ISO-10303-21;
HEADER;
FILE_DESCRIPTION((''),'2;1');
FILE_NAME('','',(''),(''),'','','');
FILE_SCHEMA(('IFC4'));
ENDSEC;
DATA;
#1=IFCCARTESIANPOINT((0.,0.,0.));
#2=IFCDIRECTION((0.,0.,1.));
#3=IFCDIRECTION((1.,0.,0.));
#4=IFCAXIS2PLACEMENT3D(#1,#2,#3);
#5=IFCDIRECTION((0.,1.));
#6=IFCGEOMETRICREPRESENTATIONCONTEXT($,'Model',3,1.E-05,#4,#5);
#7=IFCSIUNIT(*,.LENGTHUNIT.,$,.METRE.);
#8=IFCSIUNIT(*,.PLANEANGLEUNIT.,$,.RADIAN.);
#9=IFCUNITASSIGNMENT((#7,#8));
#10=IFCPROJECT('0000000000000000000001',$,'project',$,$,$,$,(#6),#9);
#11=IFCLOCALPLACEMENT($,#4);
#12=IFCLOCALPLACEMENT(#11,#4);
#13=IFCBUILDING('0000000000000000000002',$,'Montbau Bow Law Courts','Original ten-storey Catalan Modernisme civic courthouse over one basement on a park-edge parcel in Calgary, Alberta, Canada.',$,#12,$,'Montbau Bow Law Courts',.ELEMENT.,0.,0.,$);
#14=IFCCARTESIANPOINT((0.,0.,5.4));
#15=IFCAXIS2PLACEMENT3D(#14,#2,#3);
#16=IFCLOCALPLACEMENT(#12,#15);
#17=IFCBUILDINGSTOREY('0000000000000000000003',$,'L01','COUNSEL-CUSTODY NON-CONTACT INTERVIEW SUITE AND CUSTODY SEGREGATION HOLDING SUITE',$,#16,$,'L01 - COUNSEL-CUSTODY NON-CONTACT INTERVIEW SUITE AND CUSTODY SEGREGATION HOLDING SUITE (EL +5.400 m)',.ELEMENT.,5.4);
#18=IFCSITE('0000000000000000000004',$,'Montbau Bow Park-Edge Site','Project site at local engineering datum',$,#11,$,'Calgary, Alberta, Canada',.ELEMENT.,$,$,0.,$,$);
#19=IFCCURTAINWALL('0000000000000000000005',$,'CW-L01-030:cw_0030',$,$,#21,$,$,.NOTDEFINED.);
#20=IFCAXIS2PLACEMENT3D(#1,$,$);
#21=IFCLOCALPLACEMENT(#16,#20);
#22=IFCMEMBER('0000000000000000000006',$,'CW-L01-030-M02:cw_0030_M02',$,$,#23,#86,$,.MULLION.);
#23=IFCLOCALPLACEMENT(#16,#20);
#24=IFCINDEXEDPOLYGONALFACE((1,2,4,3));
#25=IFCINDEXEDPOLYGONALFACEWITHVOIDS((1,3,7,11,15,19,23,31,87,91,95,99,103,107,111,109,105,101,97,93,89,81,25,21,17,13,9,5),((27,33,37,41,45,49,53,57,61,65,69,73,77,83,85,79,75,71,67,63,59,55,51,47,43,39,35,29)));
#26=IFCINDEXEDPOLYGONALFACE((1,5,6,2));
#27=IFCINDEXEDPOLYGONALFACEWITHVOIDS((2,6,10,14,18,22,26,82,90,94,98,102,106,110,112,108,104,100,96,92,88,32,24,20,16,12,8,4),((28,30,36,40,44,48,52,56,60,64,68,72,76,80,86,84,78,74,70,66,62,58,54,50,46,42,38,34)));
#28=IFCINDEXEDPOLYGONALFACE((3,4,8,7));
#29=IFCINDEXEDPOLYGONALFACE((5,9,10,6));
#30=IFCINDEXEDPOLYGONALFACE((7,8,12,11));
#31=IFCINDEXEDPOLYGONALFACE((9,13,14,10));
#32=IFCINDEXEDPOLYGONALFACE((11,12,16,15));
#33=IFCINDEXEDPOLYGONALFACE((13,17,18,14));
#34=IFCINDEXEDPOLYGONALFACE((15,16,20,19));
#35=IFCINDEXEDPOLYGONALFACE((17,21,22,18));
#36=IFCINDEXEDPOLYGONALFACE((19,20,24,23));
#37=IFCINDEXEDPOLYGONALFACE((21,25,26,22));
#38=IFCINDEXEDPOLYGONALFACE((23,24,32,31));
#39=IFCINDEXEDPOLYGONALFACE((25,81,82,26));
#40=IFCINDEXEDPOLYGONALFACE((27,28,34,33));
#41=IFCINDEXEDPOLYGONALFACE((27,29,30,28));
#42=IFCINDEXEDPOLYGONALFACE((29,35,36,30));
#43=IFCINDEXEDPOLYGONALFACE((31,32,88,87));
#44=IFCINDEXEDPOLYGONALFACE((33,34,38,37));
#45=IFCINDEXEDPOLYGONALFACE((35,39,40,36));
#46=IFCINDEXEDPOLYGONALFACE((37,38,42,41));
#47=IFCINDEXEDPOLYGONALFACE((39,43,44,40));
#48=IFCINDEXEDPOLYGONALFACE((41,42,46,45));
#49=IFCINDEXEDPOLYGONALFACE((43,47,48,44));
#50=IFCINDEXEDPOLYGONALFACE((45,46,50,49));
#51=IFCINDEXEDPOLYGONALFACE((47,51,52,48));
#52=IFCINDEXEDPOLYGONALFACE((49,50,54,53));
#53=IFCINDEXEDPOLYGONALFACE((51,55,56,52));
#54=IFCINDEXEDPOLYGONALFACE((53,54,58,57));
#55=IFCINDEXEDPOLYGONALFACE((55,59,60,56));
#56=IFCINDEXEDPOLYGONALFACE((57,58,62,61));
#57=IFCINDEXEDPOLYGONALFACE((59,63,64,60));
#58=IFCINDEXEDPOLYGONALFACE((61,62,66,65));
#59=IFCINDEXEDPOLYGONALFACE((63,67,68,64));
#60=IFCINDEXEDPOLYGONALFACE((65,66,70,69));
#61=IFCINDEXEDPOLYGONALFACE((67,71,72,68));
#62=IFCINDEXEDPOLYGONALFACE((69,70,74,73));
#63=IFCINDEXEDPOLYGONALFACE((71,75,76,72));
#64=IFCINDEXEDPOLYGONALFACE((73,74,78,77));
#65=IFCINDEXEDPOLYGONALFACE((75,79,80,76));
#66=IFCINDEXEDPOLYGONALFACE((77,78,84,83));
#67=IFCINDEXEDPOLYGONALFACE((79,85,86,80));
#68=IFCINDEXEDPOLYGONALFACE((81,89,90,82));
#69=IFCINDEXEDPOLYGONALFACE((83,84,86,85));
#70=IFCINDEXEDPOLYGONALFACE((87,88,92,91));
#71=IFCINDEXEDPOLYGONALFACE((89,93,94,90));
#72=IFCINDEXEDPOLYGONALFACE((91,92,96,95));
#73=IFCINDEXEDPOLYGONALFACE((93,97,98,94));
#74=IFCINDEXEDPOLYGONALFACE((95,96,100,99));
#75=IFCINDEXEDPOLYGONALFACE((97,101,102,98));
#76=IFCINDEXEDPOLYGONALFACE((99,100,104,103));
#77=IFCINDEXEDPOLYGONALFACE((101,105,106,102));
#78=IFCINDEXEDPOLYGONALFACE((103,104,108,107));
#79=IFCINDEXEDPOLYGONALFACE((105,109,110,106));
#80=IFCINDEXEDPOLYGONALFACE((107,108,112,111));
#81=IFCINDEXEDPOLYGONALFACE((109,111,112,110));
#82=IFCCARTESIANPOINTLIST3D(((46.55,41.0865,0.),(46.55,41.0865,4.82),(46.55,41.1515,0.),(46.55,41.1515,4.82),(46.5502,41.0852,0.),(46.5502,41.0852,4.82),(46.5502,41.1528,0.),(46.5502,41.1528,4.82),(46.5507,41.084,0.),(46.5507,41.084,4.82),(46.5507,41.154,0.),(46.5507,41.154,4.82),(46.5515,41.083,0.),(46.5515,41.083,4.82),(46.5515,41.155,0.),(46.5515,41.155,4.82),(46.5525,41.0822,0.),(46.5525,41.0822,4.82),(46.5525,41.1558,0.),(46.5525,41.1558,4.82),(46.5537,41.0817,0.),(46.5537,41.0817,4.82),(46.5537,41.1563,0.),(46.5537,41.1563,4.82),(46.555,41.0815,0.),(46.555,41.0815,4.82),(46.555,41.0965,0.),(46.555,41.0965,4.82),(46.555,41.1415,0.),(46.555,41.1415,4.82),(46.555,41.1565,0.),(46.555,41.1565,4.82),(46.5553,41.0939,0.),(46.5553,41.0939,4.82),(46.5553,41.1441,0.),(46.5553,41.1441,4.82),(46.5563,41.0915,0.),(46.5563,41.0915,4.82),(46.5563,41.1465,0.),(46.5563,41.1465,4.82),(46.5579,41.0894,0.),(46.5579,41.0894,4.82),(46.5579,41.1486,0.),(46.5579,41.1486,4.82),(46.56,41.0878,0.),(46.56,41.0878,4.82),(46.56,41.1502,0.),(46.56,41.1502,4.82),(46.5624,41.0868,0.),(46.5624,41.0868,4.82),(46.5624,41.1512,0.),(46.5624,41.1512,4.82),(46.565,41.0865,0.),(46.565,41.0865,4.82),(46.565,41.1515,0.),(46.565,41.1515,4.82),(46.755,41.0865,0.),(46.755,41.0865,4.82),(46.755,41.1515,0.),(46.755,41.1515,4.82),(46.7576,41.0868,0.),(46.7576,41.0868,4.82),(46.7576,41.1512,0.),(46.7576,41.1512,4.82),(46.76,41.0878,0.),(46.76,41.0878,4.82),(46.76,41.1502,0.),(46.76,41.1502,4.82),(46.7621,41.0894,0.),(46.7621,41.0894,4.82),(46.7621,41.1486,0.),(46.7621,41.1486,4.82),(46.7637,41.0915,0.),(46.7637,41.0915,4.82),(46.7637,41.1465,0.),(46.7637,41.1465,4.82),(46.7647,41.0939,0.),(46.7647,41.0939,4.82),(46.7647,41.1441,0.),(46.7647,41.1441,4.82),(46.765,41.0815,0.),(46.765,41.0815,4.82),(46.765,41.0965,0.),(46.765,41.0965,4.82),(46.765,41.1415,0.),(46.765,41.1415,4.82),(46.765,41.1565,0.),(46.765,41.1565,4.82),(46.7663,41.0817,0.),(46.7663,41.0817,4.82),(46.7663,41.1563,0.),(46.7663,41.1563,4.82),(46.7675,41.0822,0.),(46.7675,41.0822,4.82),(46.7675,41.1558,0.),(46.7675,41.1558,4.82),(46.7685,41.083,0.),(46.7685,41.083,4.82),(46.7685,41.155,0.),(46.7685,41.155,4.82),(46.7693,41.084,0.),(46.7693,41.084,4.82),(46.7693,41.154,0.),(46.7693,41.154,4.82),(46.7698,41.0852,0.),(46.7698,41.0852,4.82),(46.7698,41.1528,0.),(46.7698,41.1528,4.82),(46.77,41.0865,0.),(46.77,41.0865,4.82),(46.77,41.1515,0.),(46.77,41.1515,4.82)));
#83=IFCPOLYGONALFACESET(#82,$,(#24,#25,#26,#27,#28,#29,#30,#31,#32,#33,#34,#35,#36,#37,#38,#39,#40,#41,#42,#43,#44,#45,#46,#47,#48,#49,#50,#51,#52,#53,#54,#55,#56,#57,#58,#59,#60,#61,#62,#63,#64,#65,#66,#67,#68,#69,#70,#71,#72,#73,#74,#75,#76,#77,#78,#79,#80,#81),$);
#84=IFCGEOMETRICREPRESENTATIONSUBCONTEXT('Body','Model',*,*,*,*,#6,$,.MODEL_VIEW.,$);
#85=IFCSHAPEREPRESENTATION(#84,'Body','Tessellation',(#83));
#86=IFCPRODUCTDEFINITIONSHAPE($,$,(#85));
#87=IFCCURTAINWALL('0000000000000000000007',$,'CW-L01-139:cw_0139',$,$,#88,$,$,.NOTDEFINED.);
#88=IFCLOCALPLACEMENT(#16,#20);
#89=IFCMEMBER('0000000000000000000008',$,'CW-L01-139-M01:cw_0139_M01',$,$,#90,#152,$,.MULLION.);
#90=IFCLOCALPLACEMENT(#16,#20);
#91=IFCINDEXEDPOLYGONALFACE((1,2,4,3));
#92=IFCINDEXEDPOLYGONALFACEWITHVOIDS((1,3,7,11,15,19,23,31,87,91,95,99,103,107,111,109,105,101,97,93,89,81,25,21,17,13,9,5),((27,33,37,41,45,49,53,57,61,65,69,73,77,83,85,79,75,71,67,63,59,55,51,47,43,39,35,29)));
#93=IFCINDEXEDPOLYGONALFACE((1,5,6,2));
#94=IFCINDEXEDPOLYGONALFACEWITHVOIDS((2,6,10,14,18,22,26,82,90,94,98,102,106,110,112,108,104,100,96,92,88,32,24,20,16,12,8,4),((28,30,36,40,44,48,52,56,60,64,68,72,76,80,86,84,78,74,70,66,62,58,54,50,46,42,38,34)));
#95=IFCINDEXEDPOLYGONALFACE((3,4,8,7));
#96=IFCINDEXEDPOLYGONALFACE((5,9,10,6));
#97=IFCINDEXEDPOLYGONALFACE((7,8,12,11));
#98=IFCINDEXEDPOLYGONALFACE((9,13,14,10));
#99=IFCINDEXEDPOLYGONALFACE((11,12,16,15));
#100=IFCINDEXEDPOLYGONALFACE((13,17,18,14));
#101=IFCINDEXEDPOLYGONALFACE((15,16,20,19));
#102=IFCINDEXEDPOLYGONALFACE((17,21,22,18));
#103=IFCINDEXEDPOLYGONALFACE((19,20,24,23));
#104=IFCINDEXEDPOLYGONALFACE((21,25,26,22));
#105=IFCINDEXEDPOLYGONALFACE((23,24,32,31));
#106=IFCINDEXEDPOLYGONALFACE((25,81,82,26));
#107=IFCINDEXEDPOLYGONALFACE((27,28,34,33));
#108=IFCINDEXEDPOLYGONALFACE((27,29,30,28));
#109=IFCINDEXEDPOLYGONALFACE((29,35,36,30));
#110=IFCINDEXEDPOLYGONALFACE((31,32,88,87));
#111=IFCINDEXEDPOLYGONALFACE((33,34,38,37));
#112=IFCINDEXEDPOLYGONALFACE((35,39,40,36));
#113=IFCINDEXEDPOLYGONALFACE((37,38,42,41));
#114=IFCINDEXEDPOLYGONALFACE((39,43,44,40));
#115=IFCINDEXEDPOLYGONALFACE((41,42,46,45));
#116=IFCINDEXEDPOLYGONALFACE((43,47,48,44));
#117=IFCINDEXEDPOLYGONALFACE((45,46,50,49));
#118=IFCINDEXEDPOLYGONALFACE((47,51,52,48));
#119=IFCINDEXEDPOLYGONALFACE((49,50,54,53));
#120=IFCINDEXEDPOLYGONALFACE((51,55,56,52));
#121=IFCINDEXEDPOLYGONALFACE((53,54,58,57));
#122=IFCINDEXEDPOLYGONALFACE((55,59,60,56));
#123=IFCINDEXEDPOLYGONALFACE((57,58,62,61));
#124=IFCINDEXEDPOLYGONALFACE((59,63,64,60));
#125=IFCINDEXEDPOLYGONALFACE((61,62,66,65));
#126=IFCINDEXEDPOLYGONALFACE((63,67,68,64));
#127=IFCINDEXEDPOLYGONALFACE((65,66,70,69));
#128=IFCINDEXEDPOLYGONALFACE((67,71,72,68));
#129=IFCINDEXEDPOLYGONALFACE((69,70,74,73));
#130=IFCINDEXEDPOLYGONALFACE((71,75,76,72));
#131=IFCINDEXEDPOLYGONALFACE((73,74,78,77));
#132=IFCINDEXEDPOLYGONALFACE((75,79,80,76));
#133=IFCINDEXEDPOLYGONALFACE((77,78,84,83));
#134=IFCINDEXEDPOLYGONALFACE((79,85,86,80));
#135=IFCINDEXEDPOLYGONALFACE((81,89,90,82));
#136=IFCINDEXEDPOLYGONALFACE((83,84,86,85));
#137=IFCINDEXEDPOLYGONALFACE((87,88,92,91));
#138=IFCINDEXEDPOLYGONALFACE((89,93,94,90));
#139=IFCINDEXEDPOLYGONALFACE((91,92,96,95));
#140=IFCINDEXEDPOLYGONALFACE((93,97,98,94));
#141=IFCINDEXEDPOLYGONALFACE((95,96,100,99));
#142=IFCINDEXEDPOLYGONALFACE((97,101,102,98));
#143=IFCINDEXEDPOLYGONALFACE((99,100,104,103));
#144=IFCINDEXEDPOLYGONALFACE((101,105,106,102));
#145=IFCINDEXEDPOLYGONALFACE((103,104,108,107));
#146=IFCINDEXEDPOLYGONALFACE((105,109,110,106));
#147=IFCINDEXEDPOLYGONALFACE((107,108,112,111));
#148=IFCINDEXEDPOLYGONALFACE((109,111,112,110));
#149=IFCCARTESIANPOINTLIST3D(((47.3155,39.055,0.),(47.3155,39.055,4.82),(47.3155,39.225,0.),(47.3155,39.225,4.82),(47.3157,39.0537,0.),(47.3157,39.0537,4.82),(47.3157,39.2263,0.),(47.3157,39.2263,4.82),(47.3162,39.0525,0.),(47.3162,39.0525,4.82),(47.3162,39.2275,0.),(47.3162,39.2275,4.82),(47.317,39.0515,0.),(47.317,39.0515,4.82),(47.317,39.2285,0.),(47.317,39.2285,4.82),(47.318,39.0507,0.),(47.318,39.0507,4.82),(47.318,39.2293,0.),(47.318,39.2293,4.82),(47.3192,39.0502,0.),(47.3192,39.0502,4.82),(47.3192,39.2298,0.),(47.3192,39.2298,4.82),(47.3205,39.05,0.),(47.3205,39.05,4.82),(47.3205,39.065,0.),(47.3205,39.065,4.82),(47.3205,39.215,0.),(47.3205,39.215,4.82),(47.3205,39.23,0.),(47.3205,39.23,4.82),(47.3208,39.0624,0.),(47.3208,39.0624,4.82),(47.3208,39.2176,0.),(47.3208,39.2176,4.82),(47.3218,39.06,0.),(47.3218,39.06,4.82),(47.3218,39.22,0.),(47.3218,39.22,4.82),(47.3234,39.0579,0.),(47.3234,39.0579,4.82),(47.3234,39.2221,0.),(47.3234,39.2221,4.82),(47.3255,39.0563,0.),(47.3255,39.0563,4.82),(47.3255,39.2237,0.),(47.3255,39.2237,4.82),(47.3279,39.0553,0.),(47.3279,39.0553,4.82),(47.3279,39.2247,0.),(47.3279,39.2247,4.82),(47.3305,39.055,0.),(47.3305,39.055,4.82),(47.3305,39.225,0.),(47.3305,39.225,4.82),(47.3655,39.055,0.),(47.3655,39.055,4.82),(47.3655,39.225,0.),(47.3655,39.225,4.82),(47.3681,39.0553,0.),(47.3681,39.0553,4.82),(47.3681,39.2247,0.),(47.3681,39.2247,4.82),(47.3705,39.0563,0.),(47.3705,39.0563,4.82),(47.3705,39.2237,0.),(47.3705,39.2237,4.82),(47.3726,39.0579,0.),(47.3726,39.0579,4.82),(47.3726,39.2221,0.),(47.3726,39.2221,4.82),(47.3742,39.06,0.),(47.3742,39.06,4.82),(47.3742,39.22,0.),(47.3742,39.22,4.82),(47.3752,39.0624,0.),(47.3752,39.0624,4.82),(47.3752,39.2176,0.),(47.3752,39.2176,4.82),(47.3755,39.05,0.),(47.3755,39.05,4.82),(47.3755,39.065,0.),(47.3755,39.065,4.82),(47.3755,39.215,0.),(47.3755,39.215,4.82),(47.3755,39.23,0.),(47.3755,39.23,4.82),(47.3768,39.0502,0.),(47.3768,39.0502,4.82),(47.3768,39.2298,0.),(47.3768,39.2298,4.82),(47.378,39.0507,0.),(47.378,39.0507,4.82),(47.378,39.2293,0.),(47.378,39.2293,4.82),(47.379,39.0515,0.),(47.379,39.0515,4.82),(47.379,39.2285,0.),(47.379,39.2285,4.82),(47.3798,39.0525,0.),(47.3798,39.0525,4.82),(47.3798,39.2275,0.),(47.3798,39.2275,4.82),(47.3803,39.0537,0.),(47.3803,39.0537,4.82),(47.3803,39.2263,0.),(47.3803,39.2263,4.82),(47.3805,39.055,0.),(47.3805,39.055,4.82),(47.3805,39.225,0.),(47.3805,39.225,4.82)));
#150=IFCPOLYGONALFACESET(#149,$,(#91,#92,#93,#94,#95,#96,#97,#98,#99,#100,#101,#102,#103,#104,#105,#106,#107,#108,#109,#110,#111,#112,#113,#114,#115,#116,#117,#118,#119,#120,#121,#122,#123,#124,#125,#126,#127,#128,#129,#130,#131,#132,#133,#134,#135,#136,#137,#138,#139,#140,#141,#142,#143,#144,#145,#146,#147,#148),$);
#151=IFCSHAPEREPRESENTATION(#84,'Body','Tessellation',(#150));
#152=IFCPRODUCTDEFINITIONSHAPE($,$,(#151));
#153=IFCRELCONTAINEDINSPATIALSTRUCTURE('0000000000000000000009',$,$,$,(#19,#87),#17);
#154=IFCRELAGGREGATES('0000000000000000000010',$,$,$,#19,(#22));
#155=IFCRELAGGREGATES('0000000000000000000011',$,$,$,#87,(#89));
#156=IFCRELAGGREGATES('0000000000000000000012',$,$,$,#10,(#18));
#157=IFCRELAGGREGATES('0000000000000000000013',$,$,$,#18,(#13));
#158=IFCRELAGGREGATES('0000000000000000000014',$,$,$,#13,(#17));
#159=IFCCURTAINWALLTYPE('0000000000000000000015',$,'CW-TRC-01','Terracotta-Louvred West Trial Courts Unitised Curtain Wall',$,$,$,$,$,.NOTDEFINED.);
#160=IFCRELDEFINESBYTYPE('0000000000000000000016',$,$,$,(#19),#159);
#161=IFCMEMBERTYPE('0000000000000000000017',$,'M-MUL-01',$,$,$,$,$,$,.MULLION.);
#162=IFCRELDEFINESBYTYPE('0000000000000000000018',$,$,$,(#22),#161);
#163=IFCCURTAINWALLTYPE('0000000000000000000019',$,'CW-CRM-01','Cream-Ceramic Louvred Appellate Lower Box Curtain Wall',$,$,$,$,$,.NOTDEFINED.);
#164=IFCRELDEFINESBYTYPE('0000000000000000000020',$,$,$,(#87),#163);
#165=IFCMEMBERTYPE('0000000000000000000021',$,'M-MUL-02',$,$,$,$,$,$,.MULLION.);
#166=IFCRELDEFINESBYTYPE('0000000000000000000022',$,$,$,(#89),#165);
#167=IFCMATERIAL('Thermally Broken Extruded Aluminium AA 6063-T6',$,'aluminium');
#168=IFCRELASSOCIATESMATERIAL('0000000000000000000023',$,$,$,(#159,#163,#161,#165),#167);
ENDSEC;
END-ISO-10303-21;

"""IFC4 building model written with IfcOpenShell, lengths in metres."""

from ifc_helpers import new_model, si_unit, direction, frame, origin_with_axes, origin_2d_with_axis, place, context, subcontext, project, spatial, hollow_rectangle, extrude, material, material_profile, profile_set, type_object, element, aggregate, save


model = new_model("IFC4")

# Units and contexts
model_context = context("Model", 3, precision=1e-05, world=origin_with_axes(), true_north=direction((0.0, 1.0)))
body_context = subcontext(model_context, "Body", "Model", "MODEL_VIEW")
ifc_project = project(units=[si_unit("LENGTHUNIT", "METRE"), si_unit("PLANEANGLEUNIT", "RADIAN")], contexts=[model_context])

# Site, building, storey
site_placement = place(None, origin_with_axes())
site = spatial("IfcSite", under=ifc_project, at=site_placement, Name="Montbau Bow Park-Edge Site", Description="Project site at local engineering datum", LongName="Calgary, Alberta, Canada", CompositionType="ELEMENT", RefElevation=0.0)
building_placement = place(site_placement, origin_with_axes())
building = spatial("IfcBuilding", under=site, at=building_placement, Name="Montbau Bow Law Courts", Description="Original ten-storey Catalan Modernisme civic courthouse over one basement on a park-edge parcel in Calgary, Alberta, Canada.", LongName="Montbau Bow Law Courts", CompositionType="ELEMENT", ElevationOfRefHeight=0.0, ElevationOfTerrain=0.0)
storey_placement = place(building_placement, frame((0.0, 0.0, 5.4), z_axis=(0.0, 0.0, 1.0), x_axis=(1.0, 0.0, 0.0)))
storey = spatial("IfcBuildingStorey", under=building, at=storey_placement, Name="L01", Description="COUNSEL-CUSTODY NON-CONTACT INTERVIEW SUITE AND CUSTODY SEGREGATION HOLDING SUITE", LongName="L01 - COUNSEL-CUSTODY NON-CONTACT INTERVIEW SUITE AND CUSTODY SEGREGATION HOLDING SUITE (EL +5.400 m)", CompositionType="ELEMENT", Elevation=5.4)

# Curtain walls, members
ifc_material_1 = material(Name="Thermally Broken Extruded Aluminium AA 6063-T6", Category="aluminium")
curtain_wall_type_1 = type_object("IfcCurtainWallType", Name="CW-TRC-01", Description="Terracotta-Louvred West Trial Courts Unitised Curtain Wall", PredefinedType="NOTDEFINED", material=ifc_material_1)
curtain_wall_1_placement = place(None, frame((46.66, 39.515, 5.4), z_axis=(0.0, 0.0, 1.0), x_axis=(1.0, 0.0, 0.0)))
curtain_wall_1 = element("IfcCurtainWall", 1, at=curtain_wall_1_placement, inside=storey, type_object=curtain_wall_type_1, Name="CW-L01-030:cw_0030", PredefinedType="NOTDEFINED")
ifc_material_profile_1 = material_profile(ifc_material_1, hollow_rectangle(XDim=0.075, YDim=0.22, WallThickness=0.005, InnerFilletRadius=0.01, OuterFilletRadius=0.005, at=origin_2d_with_axis()), Name="CWM-220X75", Category="Main", Priority=0)
ifc_profile_set_1 = profile_set([ifc_material_profile_1], Name="Thermally Broken Extruded Aluminium AA 6063-T6")
member_type_1 = type_object("IfcMemberType", Name="M-MUL-01", PredefinedType="MULLION", material=ifc_profile_set_1)
member_1_placement = place(None, frame((46.66, 41.119, 5.4), z_axis=(0.0, 0.0, 1.0), x_axis=(0.0, 1.0, 0.0)))
member_1 = element("IfcMember", 2, at=member_1_placement, type_object=member_type_1, Name="CW-L01-030-M02:cw_0030_M02", PredefinedType="MULLION", context=body_context, shape_type="SweptSolid", body=[
    extrude(hollow_rectangle(XDim=0.075, YDim=0.22, WallThickness=0.005, InnerFilletRadius=0.01, OuterFilletRadius=0.005, at=origin_2d_with_axis()), origin_with_axes(), (0.0, 0.0, 1.0), 4.82),
])
curtain_wall_type_2 = type_object("IfcCurtainWallType", Name="CW-CRM-01", Description="Cream-Ceramic Louvred Appellate Lower Box Curtain Wall", PredefinedType="NOTDEFINED", material=ifc_material_1)
curtain_wall_2_placement = place(None, frame((47.315, 39.14, 5.4), z_axis=(0.0, 0.0, 1.0), x_axis=(1.0, 0.0, 0.0)))
curtain_wall_2 = element("IfcCurtainWall", 3, at=curtain_wall_2_placement, inside=storey, type_object=curtain_wall_type_2, Name="CW-L01-139:cw_0139", PredefinedType="NOTDEFINED")
ifc_material_profile_2 = material_profile(ifc_material_1, hollow_rectangle(XDim=0.065, YDim=0.18, WallThickness=0.005, InnerFilletRadius=0.01, OuterFilletRadius=0.005, at=origin_2d_with_axis()), Name="CWM-180X65", Category="Main", Priority=0)
ifc_profile_set_2 = profile_set([ifc_material_profile_2], Name="Thermally Broken Extruded Aluminium AA 6063-T6")
member_type_2 = type_object("IfcMemberType", Name="M-MUL-02", PredefinedType="MULLION", material=ifc_profile_set_2)
member_2_placement = place(None, frame((47.348, 39.14, 5.4), z_axis=(0.0, 0.0, 1.0), x_axis=(1.0, 0.0, 0.0)))
member_2 = element("IfcMember", 4, at=member_2_placement, type_object=member_type_2, Name="CW-L01-139-M01:cw_0139_M01", PredefinedType="MULLION", context=body_context, shape_type="SweptSolid", body=[
    extrude(hollow_rectangle(XDim=0.065, YDim=0.18, WallThickness=0.005, InnerFilletRadius=0.01, OuterFilletRadius=0.005, at=origin_2d_with_axis()), origin_with_axes(), (0.0, 0.0, 1.0), 4.82),
])

aggregate(curtain_wall_1, [member_1])
aggregate(curtain_wall_2, [member_2])

save(model, "model.ifc")
